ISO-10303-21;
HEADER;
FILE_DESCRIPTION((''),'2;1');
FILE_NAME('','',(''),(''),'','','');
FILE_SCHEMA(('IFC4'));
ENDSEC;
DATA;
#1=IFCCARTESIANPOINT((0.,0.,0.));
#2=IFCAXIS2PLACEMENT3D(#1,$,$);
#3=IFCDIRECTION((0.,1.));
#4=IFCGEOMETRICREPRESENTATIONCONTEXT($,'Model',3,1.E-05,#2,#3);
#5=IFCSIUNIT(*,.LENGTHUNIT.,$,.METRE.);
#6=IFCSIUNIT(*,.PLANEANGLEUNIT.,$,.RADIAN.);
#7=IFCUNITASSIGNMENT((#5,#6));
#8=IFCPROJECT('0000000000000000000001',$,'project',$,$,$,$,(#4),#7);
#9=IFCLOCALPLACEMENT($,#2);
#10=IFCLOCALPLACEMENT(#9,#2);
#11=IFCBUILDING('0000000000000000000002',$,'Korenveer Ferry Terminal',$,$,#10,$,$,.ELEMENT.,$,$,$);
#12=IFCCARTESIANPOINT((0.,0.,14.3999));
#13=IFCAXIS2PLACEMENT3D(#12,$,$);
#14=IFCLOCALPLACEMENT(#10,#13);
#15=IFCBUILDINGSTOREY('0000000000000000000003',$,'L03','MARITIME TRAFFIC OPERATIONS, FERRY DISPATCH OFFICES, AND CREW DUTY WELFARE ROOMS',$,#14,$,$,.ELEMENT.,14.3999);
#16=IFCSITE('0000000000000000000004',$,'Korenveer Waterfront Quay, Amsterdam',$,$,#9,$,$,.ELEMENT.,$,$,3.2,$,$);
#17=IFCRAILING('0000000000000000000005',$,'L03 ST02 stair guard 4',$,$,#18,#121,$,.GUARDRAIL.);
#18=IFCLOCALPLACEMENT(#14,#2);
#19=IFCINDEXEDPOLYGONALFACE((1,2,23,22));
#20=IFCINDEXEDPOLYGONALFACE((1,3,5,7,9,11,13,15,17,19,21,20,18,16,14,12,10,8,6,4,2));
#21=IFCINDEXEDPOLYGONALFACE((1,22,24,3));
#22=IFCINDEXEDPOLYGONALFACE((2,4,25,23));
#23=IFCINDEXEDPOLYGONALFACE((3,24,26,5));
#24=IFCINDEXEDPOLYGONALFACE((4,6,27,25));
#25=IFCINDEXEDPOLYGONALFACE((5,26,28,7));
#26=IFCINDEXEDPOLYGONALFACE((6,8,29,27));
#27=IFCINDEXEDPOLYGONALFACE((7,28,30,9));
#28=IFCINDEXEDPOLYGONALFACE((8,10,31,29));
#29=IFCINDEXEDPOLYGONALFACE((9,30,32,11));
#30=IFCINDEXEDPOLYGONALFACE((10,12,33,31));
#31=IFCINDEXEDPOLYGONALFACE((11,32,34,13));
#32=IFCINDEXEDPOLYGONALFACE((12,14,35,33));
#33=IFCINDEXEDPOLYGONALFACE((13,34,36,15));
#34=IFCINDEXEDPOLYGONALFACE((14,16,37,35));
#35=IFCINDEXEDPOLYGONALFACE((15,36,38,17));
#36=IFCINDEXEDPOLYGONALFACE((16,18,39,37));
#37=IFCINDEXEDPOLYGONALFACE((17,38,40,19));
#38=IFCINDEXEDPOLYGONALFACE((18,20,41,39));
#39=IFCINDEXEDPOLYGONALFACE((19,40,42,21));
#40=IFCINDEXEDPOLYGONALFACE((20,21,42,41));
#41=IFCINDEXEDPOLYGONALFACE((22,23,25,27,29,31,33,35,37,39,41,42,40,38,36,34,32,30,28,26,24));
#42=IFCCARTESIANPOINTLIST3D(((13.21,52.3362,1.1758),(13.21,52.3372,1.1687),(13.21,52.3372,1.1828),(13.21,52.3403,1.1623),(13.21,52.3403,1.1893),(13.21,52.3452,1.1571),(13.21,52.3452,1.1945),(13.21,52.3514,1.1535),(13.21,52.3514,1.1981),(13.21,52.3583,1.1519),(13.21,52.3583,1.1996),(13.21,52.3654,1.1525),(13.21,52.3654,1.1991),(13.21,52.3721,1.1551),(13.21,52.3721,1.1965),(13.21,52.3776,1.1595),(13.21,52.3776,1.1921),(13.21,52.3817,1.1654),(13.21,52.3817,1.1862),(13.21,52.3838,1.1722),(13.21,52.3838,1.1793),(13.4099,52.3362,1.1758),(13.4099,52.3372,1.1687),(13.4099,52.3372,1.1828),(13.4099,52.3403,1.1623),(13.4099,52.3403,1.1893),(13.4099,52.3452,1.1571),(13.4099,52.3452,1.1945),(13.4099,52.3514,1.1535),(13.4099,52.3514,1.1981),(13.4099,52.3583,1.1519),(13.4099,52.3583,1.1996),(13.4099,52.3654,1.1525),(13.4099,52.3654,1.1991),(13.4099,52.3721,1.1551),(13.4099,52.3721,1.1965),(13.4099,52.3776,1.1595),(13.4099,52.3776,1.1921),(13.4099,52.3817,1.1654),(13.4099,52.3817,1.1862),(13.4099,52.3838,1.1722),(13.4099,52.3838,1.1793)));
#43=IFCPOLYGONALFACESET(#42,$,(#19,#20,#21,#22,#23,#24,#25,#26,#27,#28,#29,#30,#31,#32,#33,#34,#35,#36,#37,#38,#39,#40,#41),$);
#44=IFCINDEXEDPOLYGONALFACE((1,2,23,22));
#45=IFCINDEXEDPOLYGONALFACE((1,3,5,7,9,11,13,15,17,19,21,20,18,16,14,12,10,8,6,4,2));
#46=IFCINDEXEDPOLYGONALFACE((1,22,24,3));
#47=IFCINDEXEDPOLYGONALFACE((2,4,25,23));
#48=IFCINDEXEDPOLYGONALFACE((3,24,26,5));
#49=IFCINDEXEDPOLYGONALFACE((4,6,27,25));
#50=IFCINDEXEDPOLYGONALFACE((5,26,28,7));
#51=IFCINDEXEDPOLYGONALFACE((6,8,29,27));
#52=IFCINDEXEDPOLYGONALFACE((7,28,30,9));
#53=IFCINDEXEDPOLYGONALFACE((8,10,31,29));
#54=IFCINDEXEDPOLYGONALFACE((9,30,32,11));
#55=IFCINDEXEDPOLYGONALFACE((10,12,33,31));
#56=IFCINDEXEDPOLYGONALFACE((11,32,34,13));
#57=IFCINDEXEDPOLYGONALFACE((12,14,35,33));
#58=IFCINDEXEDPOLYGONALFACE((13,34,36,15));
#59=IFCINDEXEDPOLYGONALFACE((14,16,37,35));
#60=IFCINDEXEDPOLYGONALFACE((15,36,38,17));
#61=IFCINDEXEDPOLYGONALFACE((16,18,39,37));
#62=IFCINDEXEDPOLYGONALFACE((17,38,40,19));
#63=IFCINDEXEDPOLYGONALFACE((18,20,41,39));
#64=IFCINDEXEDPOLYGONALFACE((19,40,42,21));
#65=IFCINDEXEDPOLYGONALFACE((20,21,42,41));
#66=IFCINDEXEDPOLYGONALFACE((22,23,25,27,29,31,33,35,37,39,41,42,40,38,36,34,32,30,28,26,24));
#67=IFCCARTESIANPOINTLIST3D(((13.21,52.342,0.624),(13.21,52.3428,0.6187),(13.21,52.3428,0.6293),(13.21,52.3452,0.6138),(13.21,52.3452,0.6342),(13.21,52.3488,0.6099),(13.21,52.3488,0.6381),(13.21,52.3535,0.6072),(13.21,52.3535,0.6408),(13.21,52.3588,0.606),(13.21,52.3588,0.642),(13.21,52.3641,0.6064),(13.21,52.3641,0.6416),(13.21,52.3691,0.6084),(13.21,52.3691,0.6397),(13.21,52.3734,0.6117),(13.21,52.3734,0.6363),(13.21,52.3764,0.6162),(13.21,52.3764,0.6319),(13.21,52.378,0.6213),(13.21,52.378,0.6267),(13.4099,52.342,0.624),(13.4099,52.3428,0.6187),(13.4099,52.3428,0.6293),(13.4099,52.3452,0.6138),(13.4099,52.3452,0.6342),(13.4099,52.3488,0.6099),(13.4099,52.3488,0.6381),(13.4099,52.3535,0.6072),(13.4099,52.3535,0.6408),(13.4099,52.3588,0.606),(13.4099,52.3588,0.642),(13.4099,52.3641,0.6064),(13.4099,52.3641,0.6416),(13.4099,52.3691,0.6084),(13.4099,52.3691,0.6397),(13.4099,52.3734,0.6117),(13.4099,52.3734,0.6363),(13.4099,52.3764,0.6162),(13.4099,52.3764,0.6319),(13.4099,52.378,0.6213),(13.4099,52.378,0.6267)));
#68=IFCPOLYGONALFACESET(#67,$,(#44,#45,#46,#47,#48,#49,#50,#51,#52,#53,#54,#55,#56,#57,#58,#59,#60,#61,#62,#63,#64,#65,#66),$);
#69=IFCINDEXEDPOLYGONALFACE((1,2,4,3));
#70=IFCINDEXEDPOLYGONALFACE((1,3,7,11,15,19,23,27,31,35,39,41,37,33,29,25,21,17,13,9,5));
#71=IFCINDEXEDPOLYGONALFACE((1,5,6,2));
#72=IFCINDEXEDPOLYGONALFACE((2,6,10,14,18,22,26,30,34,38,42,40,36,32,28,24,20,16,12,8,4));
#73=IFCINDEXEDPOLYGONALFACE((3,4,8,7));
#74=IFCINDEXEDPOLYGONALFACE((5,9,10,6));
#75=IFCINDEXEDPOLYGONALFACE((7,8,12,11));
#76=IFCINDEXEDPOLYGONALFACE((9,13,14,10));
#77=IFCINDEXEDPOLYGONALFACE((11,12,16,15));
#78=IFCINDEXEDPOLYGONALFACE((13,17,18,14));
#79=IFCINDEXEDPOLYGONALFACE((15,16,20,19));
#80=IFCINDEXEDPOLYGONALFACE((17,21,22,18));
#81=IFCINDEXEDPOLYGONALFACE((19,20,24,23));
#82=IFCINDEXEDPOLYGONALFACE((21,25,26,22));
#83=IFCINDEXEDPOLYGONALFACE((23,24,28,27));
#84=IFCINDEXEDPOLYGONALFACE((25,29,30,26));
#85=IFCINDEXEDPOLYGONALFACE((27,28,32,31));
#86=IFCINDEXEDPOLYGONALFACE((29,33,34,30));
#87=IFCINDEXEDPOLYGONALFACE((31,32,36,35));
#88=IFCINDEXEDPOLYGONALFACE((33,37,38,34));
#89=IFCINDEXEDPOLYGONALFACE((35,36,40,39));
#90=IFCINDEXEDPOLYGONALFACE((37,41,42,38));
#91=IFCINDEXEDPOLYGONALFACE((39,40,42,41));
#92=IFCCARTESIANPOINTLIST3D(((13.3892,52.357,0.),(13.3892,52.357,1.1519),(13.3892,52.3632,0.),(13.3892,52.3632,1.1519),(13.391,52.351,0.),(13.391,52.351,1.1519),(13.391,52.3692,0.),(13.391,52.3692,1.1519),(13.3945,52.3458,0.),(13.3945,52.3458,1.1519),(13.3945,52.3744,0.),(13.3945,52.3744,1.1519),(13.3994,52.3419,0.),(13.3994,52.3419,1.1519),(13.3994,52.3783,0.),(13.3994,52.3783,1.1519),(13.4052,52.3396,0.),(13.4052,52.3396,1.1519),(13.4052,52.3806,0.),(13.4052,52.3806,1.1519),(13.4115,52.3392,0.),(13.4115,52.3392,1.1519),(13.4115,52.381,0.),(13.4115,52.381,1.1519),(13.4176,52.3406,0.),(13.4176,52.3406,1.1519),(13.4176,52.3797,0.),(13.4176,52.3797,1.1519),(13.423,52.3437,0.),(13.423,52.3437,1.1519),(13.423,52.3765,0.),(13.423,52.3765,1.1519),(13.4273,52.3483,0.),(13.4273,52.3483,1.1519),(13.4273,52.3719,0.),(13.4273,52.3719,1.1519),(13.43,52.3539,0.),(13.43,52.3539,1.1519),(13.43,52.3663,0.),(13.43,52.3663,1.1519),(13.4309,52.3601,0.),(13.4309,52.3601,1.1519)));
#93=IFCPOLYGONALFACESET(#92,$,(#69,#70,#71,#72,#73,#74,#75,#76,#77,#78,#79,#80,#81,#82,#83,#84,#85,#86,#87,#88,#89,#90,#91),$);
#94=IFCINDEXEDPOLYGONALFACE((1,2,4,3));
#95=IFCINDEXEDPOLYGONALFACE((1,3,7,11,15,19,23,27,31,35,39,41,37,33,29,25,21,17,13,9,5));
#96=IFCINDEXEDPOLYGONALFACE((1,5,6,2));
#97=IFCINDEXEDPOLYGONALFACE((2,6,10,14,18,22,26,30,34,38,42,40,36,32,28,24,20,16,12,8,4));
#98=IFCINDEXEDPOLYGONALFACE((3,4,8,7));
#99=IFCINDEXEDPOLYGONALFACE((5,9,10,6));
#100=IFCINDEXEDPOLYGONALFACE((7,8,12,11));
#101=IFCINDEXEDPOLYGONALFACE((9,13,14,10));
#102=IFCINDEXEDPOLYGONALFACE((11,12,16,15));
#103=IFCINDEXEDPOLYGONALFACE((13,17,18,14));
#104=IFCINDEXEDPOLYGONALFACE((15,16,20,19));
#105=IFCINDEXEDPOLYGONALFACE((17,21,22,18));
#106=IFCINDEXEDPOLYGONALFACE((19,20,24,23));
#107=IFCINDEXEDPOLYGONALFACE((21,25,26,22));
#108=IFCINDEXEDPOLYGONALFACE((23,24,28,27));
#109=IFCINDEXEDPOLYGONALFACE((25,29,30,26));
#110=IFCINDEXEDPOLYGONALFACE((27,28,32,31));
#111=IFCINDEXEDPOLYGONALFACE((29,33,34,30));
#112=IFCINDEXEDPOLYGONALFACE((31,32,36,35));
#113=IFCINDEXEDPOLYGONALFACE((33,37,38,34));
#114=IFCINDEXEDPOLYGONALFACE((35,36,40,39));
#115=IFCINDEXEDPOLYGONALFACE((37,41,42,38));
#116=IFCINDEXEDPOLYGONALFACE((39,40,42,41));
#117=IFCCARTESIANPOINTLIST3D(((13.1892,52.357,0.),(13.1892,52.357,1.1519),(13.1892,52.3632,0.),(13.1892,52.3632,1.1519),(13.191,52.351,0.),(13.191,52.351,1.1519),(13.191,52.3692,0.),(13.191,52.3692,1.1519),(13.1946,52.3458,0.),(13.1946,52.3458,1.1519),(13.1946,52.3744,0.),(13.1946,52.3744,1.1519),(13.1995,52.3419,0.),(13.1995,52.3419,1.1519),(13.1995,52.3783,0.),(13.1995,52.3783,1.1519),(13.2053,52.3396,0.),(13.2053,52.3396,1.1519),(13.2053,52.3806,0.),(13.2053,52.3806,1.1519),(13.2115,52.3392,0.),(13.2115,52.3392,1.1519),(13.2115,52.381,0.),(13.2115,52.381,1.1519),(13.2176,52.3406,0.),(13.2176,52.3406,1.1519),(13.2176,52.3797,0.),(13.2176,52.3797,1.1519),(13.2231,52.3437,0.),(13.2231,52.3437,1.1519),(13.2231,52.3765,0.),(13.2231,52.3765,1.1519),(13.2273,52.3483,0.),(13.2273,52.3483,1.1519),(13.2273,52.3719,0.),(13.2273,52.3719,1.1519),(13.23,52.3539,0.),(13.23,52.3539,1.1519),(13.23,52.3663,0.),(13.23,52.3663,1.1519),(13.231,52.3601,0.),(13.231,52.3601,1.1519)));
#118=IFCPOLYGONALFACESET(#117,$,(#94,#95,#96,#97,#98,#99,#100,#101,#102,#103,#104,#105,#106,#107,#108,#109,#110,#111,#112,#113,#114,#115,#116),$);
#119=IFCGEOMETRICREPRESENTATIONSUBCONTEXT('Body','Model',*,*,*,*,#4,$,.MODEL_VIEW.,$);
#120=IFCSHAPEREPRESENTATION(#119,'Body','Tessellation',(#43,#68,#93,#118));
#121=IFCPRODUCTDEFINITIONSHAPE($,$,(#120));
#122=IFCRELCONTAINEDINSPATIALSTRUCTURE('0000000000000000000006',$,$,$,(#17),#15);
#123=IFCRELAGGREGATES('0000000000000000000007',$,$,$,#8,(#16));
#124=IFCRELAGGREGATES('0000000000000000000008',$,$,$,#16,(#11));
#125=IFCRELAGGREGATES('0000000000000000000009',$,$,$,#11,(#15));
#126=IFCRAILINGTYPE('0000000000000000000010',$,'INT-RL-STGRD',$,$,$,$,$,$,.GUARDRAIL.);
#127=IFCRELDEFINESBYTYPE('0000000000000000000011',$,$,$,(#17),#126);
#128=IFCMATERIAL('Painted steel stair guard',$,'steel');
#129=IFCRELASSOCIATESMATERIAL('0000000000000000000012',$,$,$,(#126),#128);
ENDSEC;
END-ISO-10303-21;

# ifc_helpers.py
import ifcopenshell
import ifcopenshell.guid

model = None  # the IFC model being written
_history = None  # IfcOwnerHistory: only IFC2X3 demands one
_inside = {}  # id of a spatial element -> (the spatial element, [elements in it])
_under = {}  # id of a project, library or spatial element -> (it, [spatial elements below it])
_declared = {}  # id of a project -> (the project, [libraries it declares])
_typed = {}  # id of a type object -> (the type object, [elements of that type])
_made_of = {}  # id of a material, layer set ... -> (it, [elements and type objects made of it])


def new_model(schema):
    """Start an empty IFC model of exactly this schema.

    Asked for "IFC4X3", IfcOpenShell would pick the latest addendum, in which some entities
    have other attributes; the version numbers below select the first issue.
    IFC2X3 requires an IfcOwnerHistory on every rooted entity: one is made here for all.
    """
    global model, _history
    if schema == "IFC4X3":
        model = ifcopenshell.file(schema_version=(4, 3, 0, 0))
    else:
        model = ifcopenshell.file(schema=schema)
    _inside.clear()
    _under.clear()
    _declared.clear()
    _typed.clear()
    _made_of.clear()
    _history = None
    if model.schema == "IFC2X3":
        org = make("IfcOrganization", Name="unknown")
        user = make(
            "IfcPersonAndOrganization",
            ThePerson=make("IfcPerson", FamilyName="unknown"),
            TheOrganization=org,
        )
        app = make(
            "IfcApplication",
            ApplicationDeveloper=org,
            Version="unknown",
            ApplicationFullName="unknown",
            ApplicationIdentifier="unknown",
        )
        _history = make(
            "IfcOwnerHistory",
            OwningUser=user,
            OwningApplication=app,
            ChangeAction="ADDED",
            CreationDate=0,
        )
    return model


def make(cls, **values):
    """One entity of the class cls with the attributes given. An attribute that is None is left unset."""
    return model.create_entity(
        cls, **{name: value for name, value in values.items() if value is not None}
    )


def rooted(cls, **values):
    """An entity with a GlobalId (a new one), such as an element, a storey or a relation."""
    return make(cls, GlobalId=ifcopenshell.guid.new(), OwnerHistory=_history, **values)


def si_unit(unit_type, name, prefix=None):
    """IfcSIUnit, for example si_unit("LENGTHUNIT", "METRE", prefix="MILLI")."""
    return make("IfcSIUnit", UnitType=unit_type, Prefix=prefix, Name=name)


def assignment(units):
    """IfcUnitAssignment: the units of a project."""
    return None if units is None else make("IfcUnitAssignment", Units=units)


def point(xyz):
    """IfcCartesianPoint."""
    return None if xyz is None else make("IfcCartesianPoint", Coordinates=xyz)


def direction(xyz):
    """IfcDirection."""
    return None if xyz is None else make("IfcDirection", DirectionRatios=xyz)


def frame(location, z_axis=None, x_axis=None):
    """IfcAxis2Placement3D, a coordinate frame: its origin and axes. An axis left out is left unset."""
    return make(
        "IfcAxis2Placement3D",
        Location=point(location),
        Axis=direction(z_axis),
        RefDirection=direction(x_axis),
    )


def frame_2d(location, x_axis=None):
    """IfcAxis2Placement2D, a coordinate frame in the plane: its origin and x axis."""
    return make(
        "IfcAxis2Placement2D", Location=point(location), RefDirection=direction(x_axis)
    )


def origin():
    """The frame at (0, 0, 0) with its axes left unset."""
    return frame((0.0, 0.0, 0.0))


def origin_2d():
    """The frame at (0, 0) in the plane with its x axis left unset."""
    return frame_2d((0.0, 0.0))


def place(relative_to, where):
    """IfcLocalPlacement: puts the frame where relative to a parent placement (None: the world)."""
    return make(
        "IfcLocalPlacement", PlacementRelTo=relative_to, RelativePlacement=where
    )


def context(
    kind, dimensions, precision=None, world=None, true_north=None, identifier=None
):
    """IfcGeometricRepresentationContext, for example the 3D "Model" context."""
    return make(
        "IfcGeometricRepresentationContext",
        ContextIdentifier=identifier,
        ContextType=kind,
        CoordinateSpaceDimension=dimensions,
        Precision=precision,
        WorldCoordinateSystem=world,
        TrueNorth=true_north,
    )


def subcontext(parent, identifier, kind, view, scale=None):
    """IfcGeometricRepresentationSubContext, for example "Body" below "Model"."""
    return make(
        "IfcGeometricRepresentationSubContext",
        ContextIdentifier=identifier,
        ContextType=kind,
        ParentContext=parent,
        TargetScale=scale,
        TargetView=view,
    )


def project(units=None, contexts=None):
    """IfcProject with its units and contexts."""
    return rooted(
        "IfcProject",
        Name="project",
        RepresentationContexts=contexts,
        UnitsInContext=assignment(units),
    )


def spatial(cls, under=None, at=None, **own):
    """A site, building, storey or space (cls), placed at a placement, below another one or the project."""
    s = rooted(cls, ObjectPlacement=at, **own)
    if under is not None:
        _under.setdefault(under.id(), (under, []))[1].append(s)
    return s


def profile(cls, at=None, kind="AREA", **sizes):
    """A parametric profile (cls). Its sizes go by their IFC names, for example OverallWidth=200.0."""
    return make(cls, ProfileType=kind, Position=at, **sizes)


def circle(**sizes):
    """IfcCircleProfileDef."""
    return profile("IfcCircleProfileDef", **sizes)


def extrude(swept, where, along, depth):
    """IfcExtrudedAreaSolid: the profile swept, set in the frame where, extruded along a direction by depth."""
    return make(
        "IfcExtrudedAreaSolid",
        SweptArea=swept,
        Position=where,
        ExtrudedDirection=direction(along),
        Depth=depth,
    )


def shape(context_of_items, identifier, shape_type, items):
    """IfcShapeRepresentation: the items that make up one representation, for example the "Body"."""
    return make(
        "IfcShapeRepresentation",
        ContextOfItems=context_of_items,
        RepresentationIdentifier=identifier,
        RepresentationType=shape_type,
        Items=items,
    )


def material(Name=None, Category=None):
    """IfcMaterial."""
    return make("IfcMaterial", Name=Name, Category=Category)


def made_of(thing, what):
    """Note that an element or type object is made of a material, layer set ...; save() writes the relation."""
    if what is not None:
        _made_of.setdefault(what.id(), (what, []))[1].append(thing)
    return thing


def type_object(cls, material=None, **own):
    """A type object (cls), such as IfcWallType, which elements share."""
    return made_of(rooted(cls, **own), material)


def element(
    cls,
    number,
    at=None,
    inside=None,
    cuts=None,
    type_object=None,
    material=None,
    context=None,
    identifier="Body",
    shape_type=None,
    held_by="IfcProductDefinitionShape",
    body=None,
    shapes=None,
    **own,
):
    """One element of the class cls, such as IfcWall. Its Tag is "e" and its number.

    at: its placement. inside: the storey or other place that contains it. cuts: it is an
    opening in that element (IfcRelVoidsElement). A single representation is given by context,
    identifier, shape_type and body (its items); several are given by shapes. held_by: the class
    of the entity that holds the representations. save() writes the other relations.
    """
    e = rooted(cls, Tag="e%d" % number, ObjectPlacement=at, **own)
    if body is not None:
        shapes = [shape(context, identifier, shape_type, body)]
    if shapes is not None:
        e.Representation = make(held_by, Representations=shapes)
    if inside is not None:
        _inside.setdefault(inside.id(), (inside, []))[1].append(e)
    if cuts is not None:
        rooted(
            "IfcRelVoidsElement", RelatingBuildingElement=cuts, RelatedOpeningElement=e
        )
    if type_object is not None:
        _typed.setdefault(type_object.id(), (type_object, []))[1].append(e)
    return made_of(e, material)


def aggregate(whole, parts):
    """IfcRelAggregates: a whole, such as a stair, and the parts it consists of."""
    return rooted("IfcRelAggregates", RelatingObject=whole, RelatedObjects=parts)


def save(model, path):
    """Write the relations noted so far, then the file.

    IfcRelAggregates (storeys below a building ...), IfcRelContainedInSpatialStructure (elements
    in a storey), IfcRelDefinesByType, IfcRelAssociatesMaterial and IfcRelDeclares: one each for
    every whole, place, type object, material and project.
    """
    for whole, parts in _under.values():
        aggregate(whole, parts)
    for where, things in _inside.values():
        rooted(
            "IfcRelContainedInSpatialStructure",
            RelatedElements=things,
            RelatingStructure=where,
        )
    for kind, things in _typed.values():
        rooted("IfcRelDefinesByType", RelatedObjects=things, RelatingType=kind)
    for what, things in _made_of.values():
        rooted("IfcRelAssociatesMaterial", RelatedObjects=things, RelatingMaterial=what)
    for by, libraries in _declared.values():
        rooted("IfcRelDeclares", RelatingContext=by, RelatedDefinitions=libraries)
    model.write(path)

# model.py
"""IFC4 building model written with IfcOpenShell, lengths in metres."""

from ifc_helpers import new_model, si_unit, direction, frame, origin, origin_2d, place, context, subcontext, project, spatial, circle, extrude, material, type_object, element, save


model = new_model("IFC4")

# Units and contexts
model_context = context("Model", 3, precision=1e-05, world=origin(), true_north=direction((0.0, 1.0)))
body_context = subcontext(model_context, "Body", "Model", "MODEL_VIEW")
ifc_project = project(units=[si_unit("LENGTHUNIT", "METRE"), si_unit("PLANEANGLEUNIT", "RADIAN")], contexts=[model_context])

# Site, building, storey
site_placement = place(None, origin())
site = spatial("IfcSite", under=ifc_project, at=site_placement, Name="Korenveer Waterfront Quay, Amsterdam", CompositionType="ELEMENT", RefElevation=3.2)
building_placement = place(site_placement, origin())
building = spatial("IfcBuilding", under=site, at=building_placement, Name="Korenveer Ferry Terminal", CompositionType="ELEMENT")
storey_placement = place(building_placement, frame((0.0, 0.0, 14.3999)))
storey = spatial("IfcBuildingStorey", under=building, at=storey_placement, Name="L03", Description="MARITIME TRAFFIC OPERATIONS, FERRY DISPATCH OFFICES, AND CREW DUTY WELFARE ROOMS", CompositionType="ELEMENT", Elevation=14.3999)

# Railing
ifc_material_1 = material(Name="Painted steel stair guard", Category="steel")
railing_type_1 = type_object("IfcRailingType", Name="INT-RL-STGRD", PredefinedType="GUARDRAIL", material=ifc_material_1)
railing_1_placement = place(storey_placement, frame((13.4099, 52.3601, 0.0)))
element("IfcRailing", 1, at=railing_1_placement, inside=storey, type_object=railing_type_1, Name="L03 ST02 stair guard 4", PredefinedType="GUARDRAIL", context=body_context, shape_type="SweptSolid", body=[
    extrude(circle(Radius=0.0239, at=origin_2d()), frame((0.0, 0.0, 1.1758), z_axis=(-1.0, 0.0, 0.0), x_axis=(0.0, -1.0, 0.0)), (0.0, 0.0, 1.0), 0.2),
    extrude(circle(Radius=0.0181, at=origin_2d()), frame((0.0, 0.0, 0.624), z_axis=(-1.0, 0.0, 0.0), x_axis=(0.0, -1.0, 0.0)), (0.0, 0.0, 1.0), 0.2),
    extrude(circle(Radius=0.021, at=origin_2d()), origin(), (0.0, 0.0, 1.0), 1.1519),
    extrude(circle(Radius=0.021, at=origin_2d()), frame((-0.2, 0.0, 0.0)), (0.0, 0.0, 1.0), 1.1519),
])

save(model, "model.ifc")
